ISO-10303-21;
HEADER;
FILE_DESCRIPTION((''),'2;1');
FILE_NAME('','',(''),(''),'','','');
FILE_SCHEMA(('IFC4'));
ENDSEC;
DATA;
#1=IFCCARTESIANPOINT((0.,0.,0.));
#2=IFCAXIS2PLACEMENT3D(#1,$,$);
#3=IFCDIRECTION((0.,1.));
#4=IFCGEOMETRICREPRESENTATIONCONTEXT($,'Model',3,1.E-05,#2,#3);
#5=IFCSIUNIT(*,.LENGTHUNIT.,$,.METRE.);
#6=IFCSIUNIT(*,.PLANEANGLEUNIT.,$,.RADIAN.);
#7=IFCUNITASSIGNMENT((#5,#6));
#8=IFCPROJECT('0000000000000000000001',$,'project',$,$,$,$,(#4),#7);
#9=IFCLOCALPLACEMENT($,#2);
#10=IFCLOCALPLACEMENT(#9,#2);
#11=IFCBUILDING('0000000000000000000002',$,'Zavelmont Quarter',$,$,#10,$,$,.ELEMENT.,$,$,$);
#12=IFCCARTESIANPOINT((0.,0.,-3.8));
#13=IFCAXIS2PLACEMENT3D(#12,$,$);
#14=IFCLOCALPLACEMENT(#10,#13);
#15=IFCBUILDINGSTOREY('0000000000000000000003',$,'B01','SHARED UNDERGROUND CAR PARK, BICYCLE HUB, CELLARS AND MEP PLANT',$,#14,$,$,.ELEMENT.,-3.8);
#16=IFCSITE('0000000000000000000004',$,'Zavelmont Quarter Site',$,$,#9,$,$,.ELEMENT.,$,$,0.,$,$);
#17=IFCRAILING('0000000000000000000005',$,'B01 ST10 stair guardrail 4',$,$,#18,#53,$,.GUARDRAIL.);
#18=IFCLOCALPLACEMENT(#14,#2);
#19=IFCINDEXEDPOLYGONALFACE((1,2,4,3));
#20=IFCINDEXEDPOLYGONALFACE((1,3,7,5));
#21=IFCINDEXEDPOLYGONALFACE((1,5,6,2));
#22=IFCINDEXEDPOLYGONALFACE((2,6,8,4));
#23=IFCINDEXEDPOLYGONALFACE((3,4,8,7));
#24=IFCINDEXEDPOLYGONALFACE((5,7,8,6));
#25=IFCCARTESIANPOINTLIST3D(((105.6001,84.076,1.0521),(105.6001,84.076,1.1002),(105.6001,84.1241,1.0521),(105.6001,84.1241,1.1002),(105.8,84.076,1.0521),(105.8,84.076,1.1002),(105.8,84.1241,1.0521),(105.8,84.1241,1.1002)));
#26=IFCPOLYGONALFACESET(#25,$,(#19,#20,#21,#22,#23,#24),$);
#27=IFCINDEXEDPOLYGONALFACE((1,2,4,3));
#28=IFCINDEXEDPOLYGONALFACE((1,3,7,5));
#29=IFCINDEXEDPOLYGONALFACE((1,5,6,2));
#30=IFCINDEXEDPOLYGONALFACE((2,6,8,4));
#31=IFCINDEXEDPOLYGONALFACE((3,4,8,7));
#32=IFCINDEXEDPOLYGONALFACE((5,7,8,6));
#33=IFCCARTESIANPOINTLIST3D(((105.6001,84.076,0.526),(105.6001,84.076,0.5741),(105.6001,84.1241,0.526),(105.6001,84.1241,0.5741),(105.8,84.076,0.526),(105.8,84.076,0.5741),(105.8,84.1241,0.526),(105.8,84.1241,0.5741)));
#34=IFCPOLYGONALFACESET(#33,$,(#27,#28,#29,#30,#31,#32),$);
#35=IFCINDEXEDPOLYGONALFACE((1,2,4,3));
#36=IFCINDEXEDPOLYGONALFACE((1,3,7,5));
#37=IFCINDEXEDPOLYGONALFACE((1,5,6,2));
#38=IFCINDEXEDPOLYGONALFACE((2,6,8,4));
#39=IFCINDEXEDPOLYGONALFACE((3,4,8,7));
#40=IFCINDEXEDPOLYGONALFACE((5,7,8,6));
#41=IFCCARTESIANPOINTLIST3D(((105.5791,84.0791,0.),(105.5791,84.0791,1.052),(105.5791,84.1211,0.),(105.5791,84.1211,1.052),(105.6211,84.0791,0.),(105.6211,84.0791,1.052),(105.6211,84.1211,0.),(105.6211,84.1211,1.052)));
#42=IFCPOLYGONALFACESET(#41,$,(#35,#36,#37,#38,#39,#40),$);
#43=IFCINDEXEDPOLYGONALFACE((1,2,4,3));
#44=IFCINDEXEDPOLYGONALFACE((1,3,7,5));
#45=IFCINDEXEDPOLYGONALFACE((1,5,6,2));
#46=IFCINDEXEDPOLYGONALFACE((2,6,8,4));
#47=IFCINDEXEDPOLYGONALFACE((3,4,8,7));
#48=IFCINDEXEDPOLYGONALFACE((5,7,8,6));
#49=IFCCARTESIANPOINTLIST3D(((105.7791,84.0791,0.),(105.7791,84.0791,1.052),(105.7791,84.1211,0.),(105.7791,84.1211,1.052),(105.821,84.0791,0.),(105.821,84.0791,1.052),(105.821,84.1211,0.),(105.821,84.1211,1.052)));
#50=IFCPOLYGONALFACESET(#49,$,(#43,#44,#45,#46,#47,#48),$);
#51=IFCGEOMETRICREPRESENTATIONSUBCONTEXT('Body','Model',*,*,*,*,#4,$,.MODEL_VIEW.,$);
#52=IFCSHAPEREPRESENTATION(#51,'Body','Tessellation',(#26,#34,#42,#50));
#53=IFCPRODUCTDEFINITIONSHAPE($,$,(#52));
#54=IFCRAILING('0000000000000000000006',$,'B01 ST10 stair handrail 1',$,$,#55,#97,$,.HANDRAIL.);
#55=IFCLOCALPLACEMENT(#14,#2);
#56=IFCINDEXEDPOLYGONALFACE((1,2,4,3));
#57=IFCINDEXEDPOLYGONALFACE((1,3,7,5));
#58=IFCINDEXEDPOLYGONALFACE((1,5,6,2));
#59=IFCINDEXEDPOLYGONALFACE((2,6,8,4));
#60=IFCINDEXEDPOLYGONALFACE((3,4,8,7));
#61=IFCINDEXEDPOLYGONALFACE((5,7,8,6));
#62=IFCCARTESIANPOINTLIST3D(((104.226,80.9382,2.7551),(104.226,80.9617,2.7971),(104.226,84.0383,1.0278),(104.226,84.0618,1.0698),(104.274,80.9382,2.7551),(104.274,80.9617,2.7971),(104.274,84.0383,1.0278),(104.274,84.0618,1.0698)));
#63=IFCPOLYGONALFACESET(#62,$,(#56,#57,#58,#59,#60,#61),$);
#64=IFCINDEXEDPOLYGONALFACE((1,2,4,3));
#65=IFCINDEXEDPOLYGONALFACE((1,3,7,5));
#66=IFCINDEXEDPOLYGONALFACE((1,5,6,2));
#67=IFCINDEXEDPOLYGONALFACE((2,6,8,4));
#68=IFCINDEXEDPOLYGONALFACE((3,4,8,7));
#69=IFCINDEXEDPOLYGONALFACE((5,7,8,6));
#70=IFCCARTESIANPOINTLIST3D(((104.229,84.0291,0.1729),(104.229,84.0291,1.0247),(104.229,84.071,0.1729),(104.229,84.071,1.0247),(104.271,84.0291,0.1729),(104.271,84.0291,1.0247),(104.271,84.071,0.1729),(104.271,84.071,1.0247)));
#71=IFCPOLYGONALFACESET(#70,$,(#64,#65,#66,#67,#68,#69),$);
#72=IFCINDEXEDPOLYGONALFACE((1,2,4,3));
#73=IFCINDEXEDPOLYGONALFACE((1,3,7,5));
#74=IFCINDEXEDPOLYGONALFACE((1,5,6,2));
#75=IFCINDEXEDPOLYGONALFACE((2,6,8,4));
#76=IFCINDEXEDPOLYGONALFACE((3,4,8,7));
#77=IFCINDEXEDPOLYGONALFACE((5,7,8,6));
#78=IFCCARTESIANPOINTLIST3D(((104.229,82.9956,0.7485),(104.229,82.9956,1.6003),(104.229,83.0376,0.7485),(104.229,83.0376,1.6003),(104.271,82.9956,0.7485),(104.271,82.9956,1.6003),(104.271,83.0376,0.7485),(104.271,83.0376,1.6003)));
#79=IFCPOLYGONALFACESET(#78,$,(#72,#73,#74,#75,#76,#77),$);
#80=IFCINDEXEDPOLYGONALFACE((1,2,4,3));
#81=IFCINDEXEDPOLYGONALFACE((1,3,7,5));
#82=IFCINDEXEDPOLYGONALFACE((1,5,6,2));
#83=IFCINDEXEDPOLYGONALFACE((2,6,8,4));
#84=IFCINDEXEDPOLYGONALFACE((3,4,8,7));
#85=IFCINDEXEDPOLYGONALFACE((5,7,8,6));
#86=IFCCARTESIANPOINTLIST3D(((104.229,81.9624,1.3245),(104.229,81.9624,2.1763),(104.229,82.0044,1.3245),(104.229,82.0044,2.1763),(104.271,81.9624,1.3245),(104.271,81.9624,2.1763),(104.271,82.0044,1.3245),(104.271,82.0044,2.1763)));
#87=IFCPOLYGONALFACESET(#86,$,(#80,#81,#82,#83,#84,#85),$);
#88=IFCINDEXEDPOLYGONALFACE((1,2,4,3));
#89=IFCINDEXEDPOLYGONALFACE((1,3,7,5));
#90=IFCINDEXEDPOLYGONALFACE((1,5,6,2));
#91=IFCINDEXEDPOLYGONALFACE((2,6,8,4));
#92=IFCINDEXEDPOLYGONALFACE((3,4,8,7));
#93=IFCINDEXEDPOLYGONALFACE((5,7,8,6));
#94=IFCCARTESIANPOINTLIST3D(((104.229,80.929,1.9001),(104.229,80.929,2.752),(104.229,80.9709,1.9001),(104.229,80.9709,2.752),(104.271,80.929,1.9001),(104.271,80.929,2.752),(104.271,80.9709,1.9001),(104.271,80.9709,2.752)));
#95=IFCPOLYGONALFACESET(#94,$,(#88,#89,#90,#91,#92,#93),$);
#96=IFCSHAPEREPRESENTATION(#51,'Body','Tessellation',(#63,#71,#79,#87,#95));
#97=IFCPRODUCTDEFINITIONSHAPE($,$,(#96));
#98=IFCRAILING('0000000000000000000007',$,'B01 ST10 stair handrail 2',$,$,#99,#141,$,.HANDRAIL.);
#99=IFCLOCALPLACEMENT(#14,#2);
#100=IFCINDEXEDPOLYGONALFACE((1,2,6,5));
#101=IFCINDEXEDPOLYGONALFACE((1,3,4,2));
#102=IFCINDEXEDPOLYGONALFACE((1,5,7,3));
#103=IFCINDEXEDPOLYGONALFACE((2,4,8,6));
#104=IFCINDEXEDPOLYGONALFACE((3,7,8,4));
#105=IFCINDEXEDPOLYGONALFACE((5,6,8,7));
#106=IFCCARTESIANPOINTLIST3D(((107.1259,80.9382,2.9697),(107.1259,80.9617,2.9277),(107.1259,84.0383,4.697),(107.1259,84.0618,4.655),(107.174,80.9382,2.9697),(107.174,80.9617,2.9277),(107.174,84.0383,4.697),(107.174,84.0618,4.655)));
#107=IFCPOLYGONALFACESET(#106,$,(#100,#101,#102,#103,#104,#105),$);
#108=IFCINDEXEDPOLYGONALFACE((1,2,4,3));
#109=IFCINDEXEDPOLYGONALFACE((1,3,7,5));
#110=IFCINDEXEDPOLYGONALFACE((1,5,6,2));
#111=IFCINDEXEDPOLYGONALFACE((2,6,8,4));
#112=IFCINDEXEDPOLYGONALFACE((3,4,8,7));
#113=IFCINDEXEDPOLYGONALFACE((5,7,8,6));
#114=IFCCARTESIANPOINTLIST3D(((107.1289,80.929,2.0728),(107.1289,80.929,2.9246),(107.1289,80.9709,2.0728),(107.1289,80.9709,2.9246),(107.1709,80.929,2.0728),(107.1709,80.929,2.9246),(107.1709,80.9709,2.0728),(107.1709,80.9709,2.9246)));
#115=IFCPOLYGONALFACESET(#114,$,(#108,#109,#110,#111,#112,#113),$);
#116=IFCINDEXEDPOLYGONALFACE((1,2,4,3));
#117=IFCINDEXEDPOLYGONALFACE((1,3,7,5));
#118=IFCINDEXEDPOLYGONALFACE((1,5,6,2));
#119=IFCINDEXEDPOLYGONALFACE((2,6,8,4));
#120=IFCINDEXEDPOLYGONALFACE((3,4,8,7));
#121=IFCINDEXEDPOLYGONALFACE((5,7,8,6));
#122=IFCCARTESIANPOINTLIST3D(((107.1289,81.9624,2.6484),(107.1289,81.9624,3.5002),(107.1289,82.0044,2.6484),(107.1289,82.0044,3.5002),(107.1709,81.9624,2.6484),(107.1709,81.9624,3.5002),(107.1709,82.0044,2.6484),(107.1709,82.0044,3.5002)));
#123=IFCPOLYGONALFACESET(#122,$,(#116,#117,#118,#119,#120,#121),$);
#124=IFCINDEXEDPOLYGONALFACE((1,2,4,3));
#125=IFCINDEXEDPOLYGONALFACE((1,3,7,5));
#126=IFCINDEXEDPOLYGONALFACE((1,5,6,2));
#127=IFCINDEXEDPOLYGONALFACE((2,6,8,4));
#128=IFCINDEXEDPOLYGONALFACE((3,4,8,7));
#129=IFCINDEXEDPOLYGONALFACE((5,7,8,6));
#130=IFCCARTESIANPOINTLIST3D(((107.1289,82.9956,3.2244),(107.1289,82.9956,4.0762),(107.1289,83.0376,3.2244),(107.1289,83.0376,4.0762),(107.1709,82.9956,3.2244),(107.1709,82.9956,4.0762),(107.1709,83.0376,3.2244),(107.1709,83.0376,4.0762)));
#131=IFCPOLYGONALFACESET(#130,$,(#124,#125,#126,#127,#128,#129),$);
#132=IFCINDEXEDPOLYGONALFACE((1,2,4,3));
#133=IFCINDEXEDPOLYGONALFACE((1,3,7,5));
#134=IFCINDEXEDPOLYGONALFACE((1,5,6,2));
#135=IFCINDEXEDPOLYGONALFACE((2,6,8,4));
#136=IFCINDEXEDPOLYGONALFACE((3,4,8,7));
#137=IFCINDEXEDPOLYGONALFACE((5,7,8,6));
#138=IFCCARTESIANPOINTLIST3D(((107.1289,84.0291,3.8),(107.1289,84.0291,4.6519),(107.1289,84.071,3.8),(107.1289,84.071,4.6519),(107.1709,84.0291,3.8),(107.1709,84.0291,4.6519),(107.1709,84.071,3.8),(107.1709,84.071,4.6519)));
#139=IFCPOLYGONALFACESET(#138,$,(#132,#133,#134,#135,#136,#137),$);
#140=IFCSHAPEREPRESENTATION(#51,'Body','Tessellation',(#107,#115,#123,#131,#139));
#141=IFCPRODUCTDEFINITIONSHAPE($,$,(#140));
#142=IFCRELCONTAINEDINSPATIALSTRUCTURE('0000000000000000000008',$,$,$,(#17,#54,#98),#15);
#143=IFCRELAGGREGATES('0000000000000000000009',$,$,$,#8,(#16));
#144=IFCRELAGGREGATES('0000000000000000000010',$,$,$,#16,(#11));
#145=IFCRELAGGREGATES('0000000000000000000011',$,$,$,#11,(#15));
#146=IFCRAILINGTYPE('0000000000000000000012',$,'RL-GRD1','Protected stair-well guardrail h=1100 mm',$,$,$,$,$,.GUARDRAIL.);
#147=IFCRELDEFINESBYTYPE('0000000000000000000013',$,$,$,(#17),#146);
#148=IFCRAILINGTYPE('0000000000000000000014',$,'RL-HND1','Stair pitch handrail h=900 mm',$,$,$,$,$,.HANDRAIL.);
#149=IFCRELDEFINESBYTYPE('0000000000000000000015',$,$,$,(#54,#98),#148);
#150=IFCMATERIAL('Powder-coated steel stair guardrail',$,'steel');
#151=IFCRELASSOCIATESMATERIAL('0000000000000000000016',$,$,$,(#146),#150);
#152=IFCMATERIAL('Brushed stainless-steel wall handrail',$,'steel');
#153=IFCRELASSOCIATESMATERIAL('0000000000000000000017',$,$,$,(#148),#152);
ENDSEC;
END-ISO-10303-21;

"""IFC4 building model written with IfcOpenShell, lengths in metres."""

from ifc_helpers import new_model, si_unit, direction, frame, origin, origin_2d, place, context, subcontext, project, spatial, rectangle, extrude, material, type_object, element, save


model = new_model("IFC4")

# Units and contexts
model_context = context("Model", 3, precision=1e-05, world=origin(), true_north=direction((0.0, 1.0)))
body_context = subcontext(model_context, "Body", "Model", "MODEL_VIEW")
ifc_project = project(units=[si_unit("LENGTHUNIT", "METRE"), si_unit("PLANEANGLEUNIT", "RADIAN")], contexts=[model_context])

# Site, building, storey
site_placement = place(None, origin())
site = spatial("IfcSite", under=ifc_project, at=site_placement, Name="Zavelmont Quarter Site", CompositionType="ELEMENT", RefElevation=0.0)
building_placement = place(site_placement, origin())
building = spatial("IfcBuilding", under=site, at=building_placement, Name="Zavelmont Quarter", CompositionType="ELEMENT")
storey_placement = place(building_placement, frame((0.0, 0.0, -3.8)))
storey = spatial("IfcBuildingStorey", under=building, at=storey_placement, Name="B01", Description="SHARED UNDERGROUND CAR PARK, BICYCLE HUB, CELLARS AND MEP PLANT", CompositionType="ELEMENT", Elevation=-3.8)

# Railings
ifc_material_1 = material(Name="Powder-coated steel stair guardrail", Category="steel")
railing_type_1 = type_object("IfcRailingType", Name="RL-GRD1", Description="Protected stair-well guardrail h=1100 mm", PredefinedType="GUARDRAIL", material=ifc_material_1)
railing_1_placement = place(storey_placement, frame((105.6001, 84.1001, 0.0)))
element("IfcRailing", 1, at=railing_1_placement, inside=storey, type_object=railing_type_1, Name="B01 ST10 stair guardrail 4", PredefinedType="GUARDRAIL", context=body_context, shape_type="SweptSolid", body=[
    extrude(rectangle(XDim=0.0481, YDim=0.0481, at=origin_2d()), frame((0.0, 0.0, 1.0762), z_axis=(1.0, 0.0, 0.0), x_axis=(0.0, 1.0, 0.0)), (0.0, 0.0, 1.0), 0.2),
    extrude(rectangle(XDim=0.0481, YDim=0.0481, at=origin_2d()), frame((0.0, 0.0, 0.55), z_axis=(1.0, 0.0, 0.0), x_axis=(0.0, 1.0, 0.0)), (0.0, 0.0, 1.0), 0.2),
    extrude(rectangle(XDim=0.042, YDim=0.042, at=origin_2d()), origin(), (0.0, 0.0, 1.0), 1.052),
    extrude(rectangle(XDim=0.042, YDim=0.042, at=origin_2d()), frame((0.2, 0.0, 0.0)), (0.0, 0.0, 1.0), 1.052),
])
ifc_material_2 = material(Name="Brushed stainless-steel wall handrail", Category="steel")
railing_type_2 = type_object("IfcRailingType", Name="RL-HND1", Description="Stair pitch handrail h=900 mm", PredefinedType="HANDRAIL", material=ifc_material_2)
railing_2_placement = place(storey_placement, frame((104.25, 84.05, 0.1729)))
element("IfcRailing", 2, at=railing_2_placement, inside=storey, type_object=railing_type_2, Name="B01 ST10 stair handrail 1", PredefinedType="HANDRAIL", context=body_context, shape_type="SweptSolid", body=[
    extrude(rectangle(XDim=0.0481, YDim=0.0481, at=origin_2d()), frame((0.0, 0.0, 0.876), z_axis=(0.0, -0.873556, 0.486723), x_axis=(1.0, 0.0, 0.0)), (0.0, 0.0, 1.0), 3.5488),
    extrude(rectangle(XDim=0.042, YDim=0.042, at=origin_2d()), origin(), (0.0, 0.0, 1.0), 0.8518),
    extrude(rectangle(XDim=0.042, YDim=0.042, at=origin_2d()), frame((0.0, -1.0334, 0.5757)), (0.0, 0.0, 1.0), 0.8518),
    extrude(rectangle(XDim=0.042, YDim=0.042, at=origin_2d()), frame((0.0, -2.0667, 1.1516)), (0.0, 0.0, 1.0), 0.8518),
    extrude(rectangle(XDim=0.042, YDim=0.042, at=origin_2d()), frame((0.0, -3.1001, 1.7273)), (0.0, 0.0, 1.0), 0.8518),
])
railing_3_placement = place(storey_placement, frame((107.1499, 80.95, 2.0728)))
element("IfcRailing", 3, at=railing_3_placement, inside=storey, type_object=railing_type_2, Name="B01 ST10 stair handrail 2", PredefinedType="HANDRAIL", context=body_context, shape_type="SweptSolid", body=[
    extrude(rectangle(XDim=0.0481, YDim=0.0481, at=origin_2d()), frame((0.0, 0.0, 0.876), z_axis=(0.0, 0.873556, 0.486723), x_axis=(-1.0, 0.0, 0.0)), (0.0, 0.0, 1.0), 3.5488),
    extrude(rectangle(XDim=0.042, YDim=0.042, at=origin_2d()), origin(), (0.0, 0.0, 1.0), 0.8518),
    extrude(rectangle(XDim=0.042, YDim=0.042, at=origin_2d()), frame((0.0, 1.0334, 0.5757)), (0.0, 0.0, 1.0), 0.8518),
    extrude(rectangle(XDim=0.042, YDim=0.042, at=origin_2d()), frame((0.0, 2.0667, 1.1516)), (0.0, 0.0, 1.0), 0.8518),
    extrude(rectangle(XDim=0.042, YDim=0.042, at=origin_2d()), frame((0.0, 3.1001, 1.7273)), (0.0, 0.0, 1.0), 0.8518),
])

save(model, "model.ifc")
